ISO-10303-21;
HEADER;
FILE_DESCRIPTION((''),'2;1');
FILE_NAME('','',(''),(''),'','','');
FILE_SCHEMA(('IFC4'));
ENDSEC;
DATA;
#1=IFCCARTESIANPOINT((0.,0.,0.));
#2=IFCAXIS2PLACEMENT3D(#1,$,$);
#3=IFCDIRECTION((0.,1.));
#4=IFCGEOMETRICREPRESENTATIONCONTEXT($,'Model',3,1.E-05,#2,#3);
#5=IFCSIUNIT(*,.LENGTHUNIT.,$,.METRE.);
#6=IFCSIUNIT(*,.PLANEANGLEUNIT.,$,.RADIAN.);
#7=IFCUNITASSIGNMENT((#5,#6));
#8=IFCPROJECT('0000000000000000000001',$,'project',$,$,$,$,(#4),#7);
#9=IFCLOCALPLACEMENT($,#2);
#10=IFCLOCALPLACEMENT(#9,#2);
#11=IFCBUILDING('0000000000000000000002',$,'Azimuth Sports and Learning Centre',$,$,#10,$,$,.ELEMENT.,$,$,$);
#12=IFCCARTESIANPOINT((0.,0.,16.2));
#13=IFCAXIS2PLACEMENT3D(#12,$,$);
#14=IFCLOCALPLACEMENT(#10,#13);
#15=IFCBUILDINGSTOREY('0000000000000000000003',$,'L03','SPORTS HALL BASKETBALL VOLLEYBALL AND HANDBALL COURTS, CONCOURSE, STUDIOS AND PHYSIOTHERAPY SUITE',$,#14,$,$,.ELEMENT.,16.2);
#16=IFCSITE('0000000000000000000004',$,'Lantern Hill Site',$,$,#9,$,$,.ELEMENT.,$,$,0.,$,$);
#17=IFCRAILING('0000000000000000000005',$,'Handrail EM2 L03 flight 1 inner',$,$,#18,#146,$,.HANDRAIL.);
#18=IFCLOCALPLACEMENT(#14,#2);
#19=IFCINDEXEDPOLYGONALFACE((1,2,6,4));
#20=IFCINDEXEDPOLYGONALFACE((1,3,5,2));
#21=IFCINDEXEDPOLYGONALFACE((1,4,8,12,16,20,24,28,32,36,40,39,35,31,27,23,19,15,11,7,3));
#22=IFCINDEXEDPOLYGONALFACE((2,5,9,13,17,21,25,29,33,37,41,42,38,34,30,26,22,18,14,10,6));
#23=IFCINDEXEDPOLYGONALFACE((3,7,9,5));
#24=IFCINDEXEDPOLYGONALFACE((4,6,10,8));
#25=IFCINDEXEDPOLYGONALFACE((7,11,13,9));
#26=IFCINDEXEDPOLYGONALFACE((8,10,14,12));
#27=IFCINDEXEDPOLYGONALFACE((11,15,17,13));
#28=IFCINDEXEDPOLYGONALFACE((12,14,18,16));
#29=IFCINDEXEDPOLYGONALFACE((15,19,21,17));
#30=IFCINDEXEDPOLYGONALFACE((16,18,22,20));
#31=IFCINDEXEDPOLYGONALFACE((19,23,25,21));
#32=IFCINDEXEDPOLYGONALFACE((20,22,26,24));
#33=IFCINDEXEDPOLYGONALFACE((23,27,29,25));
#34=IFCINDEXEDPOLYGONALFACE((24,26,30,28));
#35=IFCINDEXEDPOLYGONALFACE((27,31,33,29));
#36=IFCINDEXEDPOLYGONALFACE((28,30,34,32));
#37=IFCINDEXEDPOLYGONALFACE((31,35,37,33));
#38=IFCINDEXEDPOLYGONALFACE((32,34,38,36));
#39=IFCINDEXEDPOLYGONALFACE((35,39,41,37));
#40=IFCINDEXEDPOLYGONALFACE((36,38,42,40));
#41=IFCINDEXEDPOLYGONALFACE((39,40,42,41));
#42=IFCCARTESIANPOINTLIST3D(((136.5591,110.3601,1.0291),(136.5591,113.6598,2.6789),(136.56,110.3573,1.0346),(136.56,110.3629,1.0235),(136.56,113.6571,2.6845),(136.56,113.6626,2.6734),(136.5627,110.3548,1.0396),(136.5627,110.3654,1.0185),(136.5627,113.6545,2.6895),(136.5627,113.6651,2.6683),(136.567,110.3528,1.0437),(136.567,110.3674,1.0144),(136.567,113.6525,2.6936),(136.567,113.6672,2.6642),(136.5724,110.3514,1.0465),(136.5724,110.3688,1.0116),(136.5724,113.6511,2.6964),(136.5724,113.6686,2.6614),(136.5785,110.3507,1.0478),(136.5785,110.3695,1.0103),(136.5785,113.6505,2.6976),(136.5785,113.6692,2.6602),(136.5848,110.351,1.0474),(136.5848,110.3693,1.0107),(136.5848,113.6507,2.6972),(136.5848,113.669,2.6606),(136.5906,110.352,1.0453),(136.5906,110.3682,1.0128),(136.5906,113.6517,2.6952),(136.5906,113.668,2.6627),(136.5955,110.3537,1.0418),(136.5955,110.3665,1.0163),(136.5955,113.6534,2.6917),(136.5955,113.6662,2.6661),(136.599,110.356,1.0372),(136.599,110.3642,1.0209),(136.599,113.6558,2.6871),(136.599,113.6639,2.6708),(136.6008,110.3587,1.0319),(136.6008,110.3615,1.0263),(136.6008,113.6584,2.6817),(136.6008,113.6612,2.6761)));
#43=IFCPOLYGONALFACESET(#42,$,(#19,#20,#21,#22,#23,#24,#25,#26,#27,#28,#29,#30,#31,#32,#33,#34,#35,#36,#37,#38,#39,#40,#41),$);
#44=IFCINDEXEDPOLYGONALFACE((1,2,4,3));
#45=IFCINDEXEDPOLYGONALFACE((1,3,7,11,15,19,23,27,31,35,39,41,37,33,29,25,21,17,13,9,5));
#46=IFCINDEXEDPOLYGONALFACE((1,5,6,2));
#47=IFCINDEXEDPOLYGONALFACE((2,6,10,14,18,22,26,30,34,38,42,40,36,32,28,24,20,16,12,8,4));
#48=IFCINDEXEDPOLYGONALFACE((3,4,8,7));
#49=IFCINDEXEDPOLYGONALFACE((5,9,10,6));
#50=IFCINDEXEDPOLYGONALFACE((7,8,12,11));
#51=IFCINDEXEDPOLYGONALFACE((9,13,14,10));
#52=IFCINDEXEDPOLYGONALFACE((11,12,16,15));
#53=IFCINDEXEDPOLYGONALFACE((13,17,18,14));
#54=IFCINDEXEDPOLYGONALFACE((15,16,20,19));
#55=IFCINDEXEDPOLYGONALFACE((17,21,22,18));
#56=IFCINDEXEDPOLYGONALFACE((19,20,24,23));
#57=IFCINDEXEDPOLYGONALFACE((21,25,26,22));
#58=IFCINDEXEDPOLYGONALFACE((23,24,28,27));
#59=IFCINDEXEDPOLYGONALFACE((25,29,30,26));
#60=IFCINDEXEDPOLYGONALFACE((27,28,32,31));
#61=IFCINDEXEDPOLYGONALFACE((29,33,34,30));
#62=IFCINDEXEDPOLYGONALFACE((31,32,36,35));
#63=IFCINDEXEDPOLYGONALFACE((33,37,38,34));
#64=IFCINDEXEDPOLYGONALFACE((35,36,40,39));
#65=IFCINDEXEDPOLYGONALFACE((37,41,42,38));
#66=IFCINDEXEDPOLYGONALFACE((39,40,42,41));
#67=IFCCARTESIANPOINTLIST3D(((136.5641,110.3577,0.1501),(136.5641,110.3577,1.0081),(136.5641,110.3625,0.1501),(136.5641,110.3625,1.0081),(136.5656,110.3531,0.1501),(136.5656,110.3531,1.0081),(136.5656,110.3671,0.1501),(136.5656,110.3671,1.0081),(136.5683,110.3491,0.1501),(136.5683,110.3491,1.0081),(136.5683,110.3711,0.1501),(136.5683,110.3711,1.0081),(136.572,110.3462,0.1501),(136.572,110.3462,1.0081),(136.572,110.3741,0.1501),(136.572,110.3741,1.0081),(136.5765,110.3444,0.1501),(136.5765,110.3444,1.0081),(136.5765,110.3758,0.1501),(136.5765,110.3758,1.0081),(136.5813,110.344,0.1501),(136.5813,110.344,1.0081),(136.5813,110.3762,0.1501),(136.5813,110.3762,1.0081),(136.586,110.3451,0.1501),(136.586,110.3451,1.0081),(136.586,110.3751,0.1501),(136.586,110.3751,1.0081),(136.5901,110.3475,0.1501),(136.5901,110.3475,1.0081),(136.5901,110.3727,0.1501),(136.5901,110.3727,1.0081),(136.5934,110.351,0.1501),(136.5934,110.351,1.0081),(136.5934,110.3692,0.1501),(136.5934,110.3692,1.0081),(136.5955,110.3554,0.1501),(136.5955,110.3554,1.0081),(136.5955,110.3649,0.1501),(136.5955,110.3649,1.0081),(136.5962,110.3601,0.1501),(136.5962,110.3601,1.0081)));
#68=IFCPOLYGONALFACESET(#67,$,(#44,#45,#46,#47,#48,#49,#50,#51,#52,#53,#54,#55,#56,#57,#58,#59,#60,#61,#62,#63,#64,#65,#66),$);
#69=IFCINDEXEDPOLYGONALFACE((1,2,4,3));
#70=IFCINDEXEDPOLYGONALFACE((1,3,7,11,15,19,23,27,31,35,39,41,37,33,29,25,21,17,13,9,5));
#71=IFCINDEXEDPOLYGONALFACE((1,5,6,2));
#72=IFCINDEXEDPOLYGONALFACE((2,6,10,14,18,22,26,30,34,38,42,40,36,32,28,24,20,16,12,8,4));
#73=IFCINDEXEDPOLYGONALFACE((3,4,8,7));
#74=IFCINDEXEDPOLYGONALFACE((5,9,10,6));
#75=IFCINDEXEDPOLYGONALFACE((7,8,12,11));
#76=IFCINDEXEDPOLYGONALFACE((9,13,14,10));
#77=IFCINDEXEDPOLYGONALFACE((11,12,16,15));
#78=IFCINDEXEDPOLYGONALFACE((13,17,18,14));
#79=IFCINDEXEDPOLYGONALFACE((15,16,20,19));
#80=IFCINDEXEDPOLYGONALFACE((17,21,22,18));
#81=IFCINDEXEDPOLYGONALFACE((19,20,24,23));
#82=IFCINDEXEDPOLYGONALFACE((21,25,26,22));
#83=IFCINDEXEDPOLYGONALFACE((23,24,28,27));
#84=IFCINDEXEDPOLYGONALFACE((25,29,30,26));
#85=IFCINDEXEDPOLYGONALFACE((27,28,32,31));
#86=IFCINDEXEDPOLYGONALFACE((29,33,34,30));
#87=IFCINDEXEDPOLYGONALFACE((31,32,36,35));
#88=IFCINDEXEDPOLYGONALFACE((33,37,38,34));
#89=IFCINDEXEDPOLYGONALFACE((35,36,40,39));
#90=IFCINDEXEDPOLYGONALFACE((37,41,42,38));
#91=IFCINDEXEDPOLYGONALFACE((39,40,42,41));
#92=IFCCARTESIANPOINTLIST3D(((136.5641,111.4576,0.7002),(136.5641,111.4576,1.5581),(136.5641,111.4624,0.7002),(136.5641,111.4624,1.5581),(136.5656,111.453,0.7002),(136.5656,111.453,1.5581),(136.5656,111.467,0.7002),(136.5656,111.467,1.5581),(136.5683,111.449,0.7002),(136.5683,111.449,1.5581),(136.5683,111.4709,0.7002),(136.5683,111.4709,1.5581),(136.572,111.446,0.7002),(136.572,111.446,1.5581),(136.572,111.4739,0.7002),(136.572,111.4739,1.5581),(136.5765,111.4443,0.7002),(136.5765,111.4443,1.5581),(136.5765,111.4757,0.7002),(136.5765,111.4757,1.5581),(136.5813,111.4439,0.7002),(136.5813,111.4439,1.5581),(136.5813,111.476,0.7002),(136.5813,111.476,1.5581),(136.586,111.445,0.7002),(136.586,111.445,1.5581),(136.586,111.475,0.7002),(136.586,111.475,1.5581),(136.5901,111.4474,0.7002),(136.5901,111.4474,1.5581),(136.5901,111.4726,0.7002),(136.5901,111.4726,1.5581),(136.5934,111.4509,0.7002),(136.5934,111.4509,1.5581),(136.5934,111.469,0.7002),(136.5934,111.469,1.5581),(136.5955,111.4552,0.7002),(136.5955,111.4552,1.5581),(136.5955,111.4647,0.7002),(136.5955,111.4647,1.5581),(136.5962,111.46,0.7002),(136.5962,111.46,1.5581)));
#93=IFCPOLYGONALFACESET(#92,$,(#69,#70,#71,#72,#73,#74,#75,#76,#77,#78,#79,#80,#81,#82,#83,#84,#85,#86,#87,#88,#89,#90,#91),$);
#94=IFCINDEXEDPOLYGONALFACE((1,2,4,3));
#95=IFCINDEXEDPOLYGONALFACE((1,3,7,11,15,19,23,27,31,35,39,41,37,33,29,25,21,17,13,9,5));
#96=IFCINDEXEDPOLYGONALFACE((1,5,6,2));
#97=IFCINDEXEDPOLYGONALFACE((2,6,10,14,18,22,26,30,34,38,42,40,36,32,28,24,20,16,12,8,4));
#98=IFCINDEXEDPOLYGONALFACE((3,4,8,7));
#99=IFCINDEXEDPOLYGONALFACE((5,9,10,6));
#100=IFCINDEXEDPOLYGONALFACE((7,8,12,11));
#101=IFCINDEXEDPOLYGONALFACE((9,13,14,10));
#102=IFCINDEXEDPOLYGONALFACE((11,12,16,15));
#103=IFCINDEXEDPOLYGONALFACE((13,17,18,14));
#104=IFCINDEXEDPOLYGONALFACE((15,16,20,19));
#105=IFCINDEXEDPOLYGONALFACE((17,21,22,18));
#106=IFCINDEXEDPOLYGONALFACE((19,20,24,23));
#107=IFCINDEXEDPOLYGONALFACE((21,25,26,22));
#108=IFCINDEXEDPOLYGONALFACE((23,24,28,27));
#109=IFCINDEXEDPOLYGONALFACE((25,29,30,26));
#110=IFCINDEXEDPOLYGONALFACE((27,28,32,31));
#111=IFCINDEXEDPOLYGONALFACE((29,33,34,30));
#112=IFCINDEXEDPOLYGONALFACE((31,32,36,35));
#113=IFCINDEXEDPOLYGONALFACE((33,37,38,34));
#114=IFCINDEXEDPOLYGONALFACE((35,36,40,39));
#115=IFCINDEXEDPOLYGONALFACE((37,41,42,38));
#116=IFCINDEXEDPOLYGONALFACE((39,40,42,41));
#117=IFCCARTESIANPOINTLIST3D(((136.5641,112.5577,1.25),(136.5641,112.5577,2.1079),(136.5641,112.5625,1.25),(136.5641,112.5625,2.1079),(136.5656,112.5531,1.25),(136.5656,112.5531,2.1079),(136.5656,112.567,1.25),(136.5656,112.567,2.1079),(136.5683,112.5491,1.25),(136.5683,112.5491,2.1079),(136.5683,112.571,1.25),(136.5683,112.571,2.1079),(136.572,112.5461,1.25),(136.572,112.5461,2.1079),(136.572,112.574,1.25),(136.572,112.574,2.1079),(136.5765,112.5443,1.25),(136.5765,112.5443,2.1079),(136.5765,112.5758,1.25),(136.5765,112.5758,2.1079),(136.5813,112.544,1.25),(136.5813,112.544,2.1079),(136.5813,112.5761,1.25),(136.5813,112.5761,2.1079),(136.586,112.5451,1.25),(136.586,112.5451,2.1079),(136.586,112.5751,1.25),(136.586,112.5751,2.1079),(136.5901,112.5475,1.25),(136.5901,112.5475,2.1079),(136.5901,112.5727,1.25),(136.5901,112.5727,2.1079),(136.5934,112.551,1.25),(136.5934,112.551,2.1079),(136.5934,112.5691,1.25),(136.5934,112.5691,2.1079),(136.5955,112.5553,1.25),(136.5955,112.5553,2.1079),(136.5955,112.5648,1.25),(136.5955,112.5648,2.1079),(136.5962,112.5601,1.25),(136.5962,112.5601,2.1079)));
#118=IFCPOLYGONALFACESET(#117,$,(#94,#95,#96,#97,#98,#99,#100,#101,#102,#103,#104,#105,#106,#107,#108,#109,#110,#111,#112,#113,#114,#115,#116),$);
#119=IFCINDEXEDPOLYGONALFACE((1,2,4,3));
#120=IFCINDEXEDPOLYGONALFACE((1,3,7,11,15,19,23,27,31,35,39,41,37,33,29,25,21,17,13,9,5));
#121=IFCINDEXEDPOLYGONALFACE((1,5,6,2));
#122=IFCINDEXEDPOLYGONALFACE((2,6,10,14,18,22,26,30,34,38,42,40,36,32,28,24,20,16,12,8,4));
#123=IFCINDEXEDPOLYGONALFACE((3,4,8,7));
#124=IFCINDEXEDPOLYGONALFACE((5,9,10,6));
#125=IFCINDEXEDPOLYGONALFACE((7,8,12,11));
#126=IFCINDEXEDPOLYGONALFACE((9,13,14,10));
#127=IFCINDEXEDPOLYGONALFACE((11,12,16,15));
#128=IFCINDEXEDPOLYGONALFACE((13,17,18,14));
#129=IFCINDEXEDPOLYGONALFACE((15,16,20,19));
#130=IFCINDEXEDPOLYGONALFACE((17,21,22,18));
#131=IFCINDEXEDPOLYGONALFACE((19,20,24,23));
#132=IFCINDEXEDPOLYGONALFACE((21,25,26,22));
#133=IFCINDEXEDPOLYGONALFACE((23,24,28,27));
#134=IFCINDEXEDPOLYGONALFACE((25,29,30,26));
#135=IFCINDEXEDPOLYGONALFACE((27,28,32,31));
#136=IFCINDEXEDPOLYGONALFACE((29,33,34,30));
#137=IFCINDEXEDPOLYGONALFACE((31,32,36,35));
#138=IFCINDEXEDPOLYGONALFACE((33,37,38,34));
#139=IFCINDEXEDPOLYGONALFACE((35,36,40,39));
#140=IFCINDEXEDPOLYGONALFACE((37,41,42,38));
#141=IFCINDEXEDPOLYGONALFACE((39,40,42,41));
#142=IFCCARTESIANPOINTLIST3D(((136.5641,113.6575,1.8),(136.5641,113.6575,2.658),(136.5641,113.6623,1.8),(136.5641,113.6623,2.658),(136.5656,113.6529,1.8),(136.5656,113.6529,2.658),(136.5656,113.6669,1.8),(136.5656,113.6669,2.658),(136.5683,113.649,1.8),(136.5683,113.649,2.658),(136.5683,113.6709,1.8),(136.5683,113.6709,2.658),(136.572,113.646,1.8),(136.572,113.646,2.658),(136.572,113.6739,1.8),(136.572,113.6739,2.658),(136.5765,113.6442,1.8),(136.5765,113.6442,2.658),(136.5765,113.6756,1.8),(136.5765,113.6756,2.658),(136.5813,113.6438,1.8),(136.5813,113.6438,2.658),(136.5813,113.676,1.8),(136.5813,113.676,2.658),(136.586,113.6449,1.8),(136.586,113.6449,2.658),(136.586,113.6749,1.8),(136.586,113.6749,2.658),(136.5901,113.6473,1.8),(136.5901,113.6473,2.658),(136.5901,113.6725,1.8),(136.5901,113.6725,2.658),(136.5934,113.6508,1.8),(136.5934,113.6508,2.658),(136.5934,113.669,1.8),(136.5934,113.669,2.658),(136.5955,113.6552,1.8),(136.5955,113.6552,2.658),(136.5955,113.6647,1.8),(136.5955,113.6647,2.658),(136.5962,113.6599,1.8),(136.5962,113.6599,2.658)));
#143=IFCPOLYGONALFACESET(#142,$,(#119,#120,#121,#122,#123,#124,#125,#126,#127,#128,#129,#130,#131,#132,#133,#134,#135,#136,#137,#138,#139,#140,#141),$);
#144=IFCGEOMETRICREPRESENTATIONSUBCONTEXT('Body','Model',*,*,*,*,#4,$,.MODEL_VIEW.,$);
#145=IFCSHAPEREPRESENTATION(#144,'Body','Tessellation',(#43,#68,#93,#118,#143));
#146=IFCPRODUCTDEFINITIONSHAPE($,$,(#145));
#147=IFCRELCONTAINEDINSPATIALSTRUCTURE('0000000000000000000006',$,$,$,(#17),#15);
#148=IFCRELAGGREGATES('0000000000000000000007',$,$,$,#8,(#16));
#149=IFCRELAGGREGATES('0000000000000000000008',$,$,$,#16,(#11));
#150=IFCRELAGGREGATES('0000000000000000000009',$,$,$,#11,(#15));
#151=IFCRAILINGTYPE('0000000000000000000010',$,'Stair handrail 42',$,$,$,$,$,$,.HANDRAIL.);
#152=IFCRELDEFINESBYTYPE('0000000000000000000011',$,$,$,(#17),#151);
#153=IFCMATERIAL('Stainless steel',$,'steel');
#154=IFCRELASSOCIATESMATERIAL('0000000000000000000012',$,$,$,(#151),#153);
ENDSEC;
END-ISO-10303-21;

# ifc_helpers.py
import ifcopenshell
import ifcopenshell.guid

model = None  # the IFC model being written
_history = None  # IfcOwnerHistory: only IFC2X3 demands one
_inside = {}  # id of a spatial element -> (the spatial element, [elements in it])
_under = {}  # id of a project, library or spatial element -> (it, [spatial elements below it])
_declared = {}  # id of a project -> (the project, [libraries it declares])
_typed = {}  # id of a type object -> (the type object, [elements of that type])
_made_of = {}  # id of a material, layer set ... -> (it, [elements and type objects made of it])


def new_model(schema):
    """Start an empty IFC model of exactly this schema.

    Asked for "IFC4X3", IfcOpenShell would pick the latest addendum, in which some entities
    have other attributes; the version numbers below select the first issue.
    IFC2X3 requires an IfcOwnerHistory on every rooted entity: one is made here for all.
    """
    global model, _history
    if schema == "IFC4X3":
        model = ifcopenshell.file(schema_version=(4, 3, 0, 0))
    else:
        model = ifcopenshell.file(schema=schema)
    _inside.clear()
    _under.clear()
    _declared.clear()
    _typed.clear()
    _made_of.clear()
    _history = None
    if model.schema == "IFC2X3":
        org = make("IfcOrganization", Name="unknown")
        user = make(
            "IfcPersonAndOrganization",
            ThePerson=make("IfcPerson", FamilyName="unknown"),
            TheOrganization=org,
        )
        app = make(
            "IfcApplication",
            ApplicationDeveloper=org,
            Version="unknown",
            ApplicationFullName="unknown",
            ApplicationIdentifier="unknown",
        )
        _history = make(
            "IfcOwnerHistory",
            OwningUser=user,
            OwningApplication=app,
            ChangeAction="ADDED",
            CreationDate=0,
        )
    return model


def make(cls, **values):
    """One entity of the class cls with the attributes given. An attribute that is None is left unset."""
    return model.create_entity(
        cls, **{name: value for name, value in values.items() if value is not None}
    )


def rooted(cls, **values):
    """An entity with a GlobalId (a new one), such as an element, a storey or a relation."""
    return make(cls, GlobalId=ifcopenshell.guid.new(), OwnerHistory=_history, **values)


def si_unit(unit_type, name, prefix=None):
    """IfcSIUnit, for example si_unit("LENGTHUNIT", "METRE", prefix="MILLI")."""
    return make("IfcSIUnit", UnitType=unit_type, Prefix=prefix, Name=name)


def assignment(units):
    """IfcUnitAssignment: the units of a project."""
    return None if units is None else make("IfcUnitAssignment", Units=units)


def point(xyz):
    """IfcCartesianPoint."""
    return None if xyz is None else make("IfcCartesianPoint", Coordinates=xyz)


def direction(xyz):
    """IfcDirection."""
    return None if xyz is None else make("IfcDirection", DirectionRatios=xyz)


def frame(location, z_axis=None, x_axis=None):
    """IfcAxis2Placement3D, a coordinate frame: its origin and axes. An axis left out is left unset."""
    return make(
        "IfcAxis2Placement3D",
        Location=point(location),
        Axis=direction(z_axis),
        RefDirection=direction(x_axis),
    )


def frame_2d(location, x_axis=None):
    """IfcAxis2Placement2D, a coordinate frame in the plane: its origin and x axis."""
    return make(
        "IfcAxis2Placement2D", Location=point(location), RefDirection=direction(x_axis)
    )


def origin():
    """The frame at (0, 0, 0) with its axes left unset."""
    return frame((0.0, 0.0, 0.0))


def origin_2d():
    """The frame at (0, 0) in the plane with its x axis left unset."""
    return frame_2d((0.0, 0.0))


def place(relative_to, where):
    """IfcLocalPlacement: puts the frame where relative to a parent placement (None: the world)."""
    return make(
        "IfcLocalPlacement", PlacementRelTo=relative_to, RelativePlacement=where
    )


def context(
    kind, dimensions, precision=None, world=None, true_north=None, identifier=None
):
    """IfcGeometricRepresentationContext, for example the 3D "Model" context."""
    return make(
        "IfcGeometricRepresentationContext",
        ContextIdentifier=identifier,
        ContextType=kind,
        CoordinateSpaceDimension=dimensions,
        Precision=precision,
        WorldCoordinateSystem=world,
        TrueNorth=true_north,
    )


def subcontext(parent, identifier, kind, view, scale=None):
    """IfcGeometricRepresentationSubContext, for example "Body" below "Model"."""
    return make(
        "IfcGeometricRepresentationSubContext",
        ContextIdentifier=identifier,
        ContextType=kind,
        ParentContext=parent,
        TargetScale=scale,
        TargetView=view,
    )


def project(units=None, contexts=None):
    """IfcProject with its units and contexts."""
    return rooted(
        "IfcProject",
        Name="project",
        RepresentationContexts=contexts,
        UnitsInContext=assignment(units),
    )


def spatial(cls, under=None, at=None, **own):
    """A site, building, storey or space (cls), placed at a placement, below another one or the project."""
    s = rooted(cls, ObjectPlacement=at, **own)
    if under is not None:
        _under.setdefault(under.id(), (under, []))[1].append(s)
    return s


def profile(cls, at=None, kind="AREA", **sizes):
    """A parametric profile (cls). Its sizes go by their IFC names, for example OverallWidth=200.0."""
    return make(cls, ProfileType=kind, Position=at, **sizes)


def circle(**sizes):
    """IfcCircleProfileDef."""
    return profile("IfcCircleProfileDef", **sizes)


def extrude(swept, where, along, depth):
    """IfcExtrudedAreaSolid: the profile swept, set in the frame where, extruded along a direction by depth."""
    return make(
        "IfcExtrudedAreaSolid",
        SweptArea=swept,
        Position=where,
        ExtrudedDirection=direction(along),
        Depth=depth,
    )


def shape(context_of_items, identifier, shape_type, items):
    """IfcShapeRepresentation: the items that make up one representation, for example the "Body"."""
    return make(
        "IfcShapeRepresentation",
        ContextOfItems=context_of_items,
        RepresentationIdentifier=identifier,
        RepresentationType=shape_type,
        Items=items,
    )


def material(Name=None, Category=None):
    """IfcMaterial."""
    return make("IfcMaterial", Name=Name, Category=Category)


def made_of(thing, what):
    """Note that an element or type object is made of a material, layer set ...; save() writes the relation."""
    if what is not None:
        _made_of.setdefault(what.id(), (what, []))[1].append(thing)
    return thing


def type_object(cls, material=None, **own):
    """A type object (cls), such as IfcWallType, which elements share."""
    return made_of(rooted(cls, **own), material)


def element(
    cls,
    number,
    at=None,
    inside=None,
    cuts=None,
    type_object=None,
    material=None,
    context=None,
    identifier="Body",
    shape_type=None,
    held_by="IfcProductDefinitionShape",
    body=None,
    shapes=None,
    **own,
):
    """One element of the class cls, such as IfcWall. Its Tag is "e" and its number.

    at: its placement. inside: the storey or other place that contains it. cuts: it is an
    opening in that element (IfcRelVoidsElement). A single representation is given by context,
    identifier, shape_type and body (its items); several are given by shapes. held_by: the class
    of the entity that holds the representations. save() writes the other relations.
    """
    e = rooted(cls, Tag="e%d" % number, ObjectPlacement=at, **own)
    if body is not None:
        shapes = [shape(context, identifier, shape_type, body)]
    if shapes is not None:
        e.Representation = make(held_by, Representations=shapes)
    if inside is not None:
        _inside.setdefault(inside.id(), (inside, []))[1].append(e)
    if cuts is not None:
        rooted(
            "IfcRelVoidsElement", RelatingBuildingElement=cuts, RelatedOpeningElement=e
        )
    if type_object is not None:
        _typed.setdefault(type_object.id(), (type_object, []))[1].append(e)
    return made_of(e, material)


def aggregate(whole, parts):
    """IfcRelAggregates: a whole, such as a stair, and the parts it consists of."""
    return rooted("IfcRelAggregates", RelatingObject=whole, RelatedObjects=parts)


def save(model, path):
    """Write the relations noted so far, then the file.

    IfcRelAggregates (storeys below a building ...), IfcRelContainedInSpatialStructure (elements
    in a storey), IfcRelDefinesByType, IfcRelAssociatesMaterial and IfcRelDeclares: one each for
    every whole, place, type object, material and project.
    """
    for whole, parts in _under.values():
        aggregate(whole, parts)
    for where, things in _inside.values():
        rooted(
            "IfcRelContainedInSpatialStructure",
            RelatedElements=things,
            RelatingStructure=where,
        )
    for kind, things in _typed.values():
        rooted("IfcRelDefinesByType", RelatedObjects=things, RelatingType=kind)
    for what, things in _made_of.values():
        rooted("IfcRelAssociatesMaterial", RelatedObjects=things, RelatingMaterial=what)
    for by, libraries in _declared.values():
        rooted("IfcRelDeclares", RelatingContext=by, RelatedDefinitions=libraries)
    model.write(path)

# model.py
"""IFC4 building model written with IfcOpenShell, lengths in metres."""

from ifc_helpers import new_model, si_unit, direction, frame, origin, origin_2d, place, context, subcontext, project, spatial, circle, extrude, material, type_object, element, save


model = new_model("IFC4")

# Units and contexts
model_context = context("Model", 3, precision=1e-05, world=origin(), true_north=direction((0.0, 1.0)))
body_context = subcontext(model_context, "Body", "Model", "MODEL_VIEW")
ifc_project = project(units=[si_unit("LENGTHUNIT", "METRE"), si_unit("PLANEANGLEUNIT", "RADIAN")], contexts=[model_context])

# Site, building, storey
site_placement = place(None, origin())
site = spatial("IfcSite", under=ifc_project, at=site_placement, Name="Lantern Hill Site", CompositionType="ELEMENT", RefElevation=0.0)
building_placement = place(site_placement, origin())
building = spatial("IfcBuilding", under=site, at=building_placement, Name="Azimuth Sports and Learning Centre", CompositionType="ELEMENT")
storey_placement = place(building_placement, frame((0.0, 0.0, 16.2)))
storey = spatial("IfcBuildingStorey", under=building, at=storey_placement, Name="L03", Description="SPORTS HALL BASKETBALL VOLLEYBALL AND HANDBALL COURTS, CONCOURSE, STUDIOS AND PHYSIOTHERAPY SUITE", CompositionType="ELEMENT", Elevation=16.2)

# Railing
ifc_material_1 = material(Name="Stainless steel", Category="steel")
railing_type_1 = type_object("IfcRailingType", Name="Stair handrail 42", PredefinedType="HANDRAIL", material=ifc_material_1)
railing_1_placement = place(storey_placement, frame((136.5801, 110.3601, 0.1501)))
element("IfcRailing", 1, at=railing_1_placement, inside=storey, type_object=railing_type_1, Name="Handrail EM2 L03 flight 1 inner", PredefinedType="HANDRAIL", context=body_context, shape_type="SweptSolid", body=[
    extrude(circle(Radius=0.021, at=origin_2d()), frame((0.0, 0.0, 0.8789), z_axis=(0.0, 0.894427, 0.447214), x_axis=(-1.0, 0.0, 0.0)), (0.0, 0.0, 1.0), 3.6892),
    extrude(circle(Radius=0.0161, at=origin_2d()), origin(), (0.0, 0.0, 1.0), 0.8579),
    extrude(circle(Radius=0.0161, at=origin_2d()), frame((0.0, 1.0999, 0.55)), (0.0, 0.0, 1.0), 0.8579),
    extrude(circle(Radius=0.0161, at=origin_2d()), frame((0.0, 2.2, 1.0999)), (0.0, 0.0, 1.0), 0.8579),
    extrude(circle(Radius=0.0161, at=origin_2d()), frame((0.0, 3.2998, 1.6499)), (0.0, 0.0, 1.0), 0.8579),
])

save(model, "model.ifc")
